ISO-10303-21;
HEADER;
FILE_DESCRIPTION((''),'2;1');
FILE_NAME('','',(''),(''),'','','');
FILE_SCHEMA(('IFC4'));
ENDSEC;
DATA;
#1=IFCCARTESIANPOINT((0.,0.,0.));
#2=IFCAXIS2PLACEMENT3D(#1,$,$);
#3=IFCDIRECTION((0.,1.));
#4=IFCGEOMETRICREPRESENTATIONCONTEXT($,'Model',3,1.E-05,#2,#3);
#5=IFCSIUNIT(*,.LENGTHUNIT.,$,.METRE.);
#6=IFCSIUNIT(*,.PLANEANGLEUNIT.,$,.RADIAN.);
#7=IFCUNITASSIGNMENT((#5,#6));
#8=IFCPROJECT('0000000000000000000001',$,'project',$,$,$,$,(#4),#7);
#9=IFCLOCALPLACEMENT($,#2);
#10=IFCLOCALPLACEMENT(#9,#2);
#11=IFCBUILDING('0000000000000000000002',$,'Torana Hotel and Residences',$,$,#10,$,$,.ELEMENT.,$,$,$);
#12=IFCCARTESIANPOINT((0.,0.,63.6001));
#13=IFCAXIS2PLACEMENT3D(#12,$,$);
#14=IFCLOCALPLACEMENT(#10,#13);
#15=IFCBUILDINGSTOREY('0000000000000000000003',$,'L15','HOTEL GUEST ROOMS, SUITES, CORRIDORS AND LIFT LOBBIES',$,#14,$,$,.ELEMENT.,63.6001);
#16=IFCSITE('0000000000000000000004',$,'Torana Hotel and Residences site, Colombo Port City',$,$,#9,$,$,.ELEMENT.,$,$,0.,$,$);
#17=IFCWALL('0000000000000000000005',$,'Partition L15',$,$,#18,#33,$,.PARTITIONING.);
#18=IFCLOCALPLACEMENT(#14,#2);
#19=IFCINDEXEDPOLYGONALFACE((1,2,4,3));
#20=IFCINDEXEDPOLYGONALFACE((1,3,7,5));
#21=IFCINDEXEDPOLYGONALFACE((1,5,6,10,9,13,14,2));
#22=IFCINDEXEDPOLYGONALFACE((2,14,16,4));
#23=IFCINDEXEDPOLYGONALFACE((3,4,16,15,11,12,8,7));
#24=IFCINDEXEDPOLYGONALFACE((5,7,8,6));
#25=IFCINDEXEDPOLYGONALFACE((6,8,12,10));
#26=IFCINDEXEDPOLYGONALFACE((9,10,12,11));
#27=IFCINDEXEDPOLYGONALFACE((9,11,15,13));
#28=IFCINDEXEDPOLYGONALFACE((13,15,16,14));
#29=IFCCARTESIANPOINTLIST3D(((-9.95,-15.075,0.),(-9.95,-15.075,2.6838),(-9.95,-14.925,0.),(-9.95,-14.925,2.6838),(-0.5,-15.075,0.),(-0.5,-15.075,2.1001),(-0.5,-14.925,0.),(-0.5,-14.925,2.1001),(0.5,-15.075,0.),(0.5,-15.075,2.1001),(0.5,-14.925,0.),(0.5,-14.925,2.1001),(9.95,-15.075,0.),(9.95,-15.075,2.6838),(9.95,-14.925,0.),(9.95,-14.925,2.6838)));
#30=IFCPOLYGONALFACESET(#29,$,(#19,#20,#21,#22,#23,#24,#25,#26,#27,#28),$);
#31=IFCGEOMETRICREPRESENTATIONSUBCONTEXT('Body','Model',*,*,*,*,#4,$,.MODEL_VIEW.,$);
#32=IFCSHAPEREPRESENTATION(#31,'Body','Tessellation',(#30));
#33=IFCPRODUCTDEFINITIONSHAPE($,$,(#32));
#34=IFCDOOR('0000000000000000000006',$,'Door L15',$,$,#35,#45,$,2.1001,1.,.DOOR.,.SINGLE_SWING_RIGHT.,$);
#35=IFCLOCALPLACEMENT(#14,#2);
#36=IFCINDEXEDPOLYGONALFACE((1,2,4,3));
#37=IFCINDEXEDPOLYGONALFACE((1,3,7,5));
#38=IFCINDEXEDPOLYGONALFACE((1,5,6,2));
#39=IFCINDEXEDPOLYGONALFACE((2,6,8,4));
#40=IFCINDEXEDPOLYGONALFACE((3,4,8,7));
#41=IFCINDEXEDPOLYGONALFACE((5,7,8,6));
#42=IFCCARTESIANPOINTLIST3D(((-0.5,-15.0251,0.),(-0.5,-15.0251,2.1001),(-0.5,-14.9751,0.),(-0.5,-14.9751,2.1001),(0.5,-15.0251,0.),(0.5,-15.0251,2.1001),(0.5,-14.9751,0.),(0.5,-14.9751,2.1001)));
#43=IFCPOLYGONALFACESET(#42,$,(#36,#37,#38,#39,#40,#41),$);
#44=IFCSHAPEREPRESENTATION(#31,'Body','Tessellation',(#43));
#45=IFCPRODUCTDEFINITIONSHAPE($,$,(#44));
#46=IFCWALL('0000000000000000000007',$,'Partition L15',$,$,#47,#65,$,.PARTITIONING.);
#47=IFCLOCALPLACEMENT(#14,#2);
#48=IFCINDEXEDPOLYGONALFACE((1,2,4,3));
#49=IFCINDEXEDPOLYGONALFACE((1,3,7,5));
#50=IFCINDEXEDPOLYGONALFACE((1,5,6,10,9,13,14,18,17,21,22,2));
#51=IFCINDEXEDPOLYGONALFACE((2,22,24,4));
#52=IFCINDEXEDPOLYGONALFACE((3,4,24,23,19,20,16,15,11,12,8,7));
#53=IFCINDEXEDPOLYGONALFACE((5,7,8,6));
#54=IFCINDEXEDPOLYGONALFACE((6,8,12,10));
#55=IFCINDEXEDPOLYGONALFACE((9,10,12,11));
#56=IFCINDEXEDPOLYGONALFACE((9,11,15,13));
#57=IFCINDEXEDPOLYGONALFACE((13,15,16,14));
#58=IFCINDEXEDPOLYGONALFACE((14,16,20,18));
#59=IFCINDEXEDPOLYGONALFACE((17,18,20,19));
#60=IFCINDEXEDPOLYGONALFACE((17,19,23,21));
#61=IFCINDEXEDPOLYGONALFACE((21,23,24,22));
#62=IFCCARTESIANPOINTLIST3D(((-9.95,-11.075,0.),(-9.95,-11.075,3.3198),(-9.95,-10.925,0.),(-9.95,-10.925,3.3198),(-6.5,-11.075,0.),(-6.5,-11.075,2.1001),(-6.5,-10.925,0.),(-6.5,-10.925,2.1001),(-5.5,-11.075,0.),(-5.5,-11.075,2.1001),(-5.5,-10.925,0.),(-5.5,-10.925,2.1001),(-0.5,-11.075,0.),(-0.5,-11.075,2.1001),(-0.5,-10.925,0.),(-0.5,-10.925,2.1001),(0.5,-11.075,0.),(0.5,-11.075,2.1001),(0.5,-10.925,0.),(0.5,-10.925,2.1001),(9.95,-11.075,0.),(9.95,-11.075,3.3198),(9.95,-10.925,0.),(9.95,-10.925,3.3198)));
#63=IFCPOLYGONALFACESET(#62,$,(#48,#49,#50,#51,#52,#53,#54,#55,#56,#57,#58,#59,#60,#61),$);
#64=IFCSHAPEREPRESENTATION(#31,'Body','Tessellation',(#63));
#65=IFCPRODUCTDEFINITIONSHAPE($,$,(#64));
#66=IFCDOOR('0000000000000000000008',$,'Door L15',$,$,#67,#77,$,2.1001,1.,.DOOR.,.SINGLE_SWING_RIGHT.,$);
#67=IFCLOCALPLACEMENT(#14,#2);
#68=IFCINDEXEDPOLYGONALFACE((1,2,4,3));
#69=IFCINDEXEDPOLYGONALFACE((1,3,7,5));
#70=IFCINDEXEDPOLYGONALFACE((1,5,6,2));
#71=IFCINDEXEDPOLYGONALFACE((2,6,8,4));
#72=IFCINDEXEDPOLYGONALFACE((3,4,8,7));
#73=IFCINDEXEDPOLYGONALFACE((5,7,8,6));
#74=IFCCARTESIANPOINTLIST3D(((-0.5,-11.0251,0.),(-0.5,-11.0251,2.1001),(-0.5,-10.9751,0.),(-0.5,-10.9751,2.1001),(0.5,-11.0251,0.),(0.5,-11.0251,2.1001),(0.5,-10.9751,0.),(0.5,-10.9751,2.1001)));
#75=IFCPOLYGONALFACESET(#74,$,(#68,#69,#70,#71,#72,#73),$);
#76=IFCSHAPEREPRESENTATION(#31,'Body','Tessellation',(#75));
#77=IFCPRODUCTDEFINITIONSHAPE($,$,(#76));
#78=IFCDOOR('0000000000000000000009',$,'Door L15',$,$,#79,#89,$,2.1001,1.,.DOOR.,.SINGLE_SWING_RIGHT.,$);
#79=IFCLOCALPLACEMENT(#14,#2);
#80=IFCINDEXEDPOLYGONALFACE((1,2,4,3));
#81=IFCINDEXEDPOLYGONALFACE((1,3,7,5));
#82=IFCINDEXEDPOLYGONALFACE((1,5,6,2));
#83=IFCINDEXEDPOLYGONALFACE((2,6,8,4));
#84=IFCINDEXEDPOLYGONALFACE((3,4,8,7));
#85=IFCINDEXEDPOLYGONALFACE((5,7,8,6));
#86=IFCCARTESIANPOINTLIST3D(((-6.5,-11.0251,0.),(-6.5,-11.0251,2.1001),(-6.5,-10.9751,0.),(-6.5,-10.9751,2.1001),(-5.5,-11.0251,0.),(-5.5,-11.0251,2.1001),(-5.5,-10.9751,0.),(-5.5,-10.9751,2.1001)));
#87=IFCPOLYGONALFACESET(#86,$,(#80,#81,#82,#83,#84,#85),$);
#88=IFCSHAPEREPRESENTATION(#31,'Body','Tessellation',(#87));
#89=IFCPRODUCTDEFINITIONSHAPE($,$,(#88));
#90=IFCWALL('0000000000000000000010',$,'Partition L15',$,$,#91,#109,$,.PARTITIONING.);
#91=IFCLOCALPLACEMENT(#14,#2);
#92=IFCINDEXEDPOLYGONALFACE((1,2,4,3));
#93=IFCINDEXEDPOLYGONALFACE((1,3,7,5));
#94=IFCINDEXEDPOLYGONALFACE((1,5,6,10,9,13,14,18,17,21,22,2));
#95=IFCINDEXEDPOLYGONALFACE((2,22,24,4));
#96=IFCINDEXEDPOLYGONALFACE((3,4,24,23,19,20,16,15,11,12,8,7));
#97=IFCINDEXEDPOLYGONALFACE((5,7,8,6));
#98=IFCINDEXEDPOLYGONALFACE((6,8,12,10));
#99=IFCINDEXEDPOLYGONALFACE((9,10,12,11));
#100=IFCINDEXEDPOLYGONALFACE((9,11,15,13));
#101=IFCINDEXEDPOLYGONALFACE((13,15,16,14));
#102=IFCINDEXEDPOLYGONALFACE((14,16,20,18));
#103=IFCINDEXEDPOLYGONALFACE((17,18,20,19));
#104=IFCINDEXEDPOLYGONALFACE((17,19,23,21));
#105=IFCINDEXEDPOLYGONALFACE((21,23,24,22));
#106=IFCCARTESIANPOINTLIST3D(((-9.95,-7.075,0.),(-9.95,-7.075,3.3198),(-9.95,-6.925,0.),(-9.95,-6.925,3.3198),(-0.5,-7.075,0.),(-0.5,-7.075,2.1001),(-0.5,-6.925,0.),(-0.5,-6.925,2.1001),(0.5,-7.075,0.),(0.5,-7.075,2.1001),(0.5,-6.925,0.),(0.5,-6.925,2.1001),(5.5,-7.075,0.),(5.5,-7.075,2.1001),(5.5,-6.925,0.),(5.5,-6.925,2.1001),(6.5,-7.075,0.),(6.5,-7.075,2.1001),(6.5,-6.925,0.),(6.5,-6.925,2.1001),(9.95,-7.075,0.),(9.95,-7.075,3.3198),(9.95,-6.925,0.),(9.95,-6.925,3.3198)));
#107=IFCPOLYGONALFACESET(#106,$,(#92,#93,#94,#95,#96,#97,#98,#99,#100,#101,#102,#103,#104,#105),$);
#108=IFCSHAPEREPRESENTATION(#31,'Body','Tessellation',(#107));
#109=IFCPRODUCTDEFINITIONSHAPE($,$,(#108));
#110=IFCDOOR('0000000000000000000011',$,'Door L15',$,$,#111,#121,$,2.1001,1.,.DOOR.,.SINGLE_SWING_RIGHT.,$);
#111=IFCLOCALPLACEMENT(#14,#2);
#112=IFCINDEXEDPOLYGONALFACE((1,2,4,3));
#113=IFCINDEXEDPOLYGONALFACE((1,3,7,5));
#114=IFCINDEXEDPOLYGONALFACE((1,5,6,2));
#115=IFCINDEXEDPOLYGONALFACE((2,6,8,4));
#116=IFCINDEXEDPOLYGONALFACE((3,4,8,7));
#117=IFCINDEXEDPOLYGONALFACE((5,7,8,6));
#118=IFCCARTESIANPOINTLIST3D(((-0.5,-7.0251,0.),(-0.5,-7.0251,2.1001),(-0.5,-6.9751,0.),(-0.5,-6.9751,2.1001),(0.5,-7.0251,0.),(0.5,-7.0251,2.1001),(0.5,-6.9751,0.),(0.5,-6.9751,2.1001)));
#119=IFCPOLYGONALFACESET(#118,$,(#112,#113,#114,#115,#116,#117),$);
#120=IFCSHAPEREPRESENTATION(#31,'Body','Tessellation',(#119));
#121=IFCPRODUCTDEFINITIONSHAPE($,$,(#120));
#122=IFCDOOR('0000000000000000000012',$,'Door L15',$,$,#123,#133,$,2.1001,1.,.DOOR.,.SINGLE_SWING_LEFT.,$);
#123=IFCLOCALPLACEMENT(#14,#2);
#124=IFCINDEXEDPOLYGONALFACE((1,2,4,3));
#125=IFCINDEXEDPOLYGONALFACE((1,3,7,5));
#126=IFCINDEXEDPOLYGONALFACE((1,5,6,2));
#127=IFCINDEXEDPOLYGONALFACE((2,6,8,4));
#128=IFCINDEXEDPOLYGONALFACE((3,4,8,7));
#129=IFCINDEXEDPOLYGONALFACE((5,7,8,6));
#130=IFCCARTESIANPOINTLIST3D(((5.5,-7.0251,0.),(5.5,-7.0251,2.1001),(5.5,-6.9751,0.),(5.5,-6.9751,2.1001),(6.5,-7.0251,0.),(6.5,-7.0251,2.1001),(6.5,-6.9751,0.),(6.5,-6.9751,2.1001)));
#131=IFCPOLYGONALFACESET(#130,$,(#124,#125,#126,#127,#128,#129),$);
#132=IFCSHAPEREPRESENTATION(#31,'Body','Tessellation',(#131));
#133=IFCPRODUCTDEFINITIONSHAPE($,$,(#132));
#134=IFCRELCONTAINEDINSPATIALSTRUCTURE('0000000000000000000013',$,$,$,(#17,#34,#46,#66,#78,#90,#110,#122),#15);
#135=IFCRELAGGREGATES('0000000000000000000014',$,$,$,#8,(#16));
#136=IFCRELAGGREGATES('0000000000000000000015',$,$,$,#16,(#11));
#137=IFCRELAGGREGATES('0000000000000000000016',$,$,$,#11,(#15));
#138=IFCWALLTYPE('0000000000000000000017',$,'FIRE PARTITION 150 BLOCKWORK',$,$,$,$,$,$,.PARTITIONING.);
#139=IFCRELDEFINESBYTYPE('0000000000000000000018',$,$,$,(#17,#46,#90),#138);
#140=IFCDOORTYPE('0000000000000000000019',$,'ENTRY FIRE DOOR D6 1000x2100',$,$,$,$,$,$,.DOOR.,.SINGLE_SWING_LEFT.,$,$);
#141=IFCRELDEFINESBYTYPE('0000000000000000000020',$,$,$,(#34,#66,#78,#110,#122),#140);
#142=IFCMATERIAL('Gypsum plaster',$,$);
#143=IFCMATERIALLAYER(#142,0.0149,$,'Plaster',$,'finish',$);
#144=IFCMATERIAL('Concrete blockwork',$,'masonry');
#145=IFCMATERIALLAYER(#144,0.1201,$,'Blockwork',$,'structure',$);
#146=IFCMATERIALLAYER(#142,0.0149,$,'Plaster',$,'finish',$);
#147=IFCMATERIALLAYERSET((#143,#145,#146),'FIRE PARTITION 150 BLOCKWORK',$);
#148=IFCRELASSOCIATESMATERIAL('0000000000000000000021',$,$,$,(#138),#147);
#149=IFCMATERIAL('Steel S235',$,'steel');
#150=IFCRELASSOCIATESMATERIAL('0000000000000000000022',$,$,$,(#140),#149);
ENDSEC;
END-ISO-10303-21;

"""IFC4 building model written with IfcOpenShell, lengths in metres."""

from ifc_helpers import new_model, si_unit, direction, frame, frame_2d, origin, place, context, subcontext, project, spatial, rectangle, extrude, material, layer, layer_set, type_object, element, fill, save


model = new_model("IFC4")

# Units and contexts
model_context = context("Model", 3, precision=1e-05, world=origin(), true_north=direction((0.0, 1.0)))
body_context = subcontext(model_context, "Body", "Model", "MODEL_VIEW")
ifc_project = project(units=[si_unit("LENGTHUNIT", "METRE"), si_unit("PLANEANGLEUNIT", "RADIAN")], contexts=[model_context])

# Site, building, storey
site_placement = place(None, origin())
site = spatial("IfcSite", under=ifc_project, at=site_placement, Name="Torana Hotel and Residences site, Colombo Port City", CompositionType="ELEMENT", RefElevation=0.0)
building_placement = place(site_placement, origin())
building = spatial("IfcBuilding", under=site, at=building_placement, Name="Torana Hotel and Residences", CompositionType="ELEMENT")
storey_placement = place(building_placement, frame((0.0, 0.0, 63.6001)))
storey = spatial("IfcBuildingStorey", under=building, at=storey_placement, Name="L15", Description="HOTEL GUEST ROOMS, SUITES, CORRIDORS AND LIFT LOBBIES", CompositionType="ELEMENT", Elevation=63.6001)

# Shared definitions
ifc_material_1 = material(Name="Gypsum plaster")
ifc_layer_1 = layer(ifc_material_1, 0.0149, Name="Plaster", Category="finish")
ifc_material_2 = material(Name="Concrete blockwork", Category="masonry")
ifc_layer_2 = layer(ifc_material_2, 0.1201, Name="Blockwork", Category="structure")
ifc_layer_3 = layer(ifc_material_1, 0.0149, Name="Plaster", Category="finish")
ifc_layer_set_1 = layer_set([ifc_layer_1, ifc_layer_2, ifc_layer_3], Name="FIRE PARTITION 150 BLOCKWORK")
wall_type_1 = type_object("IfcWallType", Name="FIRE PARTITION 150 BLOCKWORK", PredefinedType="PARTITIONING", material=ifc_layer_set_1)

# Wall, opening, door
wall_1_placement = place(storey_placement, frame((-9.95, -15.0, 0.0), z_axis=(0.0, 0.0, 1.0), x_axis=(1.0, 0.0, 0.0)))
wall_1 = element("IfcWall", 1, at=wall_1_placement, inside=storey, type_object=wall_type_1, Name="Partition L15", PredefinedType="PARTITIONING", context=body_context, shape_type="SweptSolid", body=[
    extrude(rectangle(XDim=19.8999, YDim=0.1499, at=frame_2d((9.95, 0.0))), origin(), (0.0, 0.0, 1.0), 2.6838),
])
opening_1_placement = place(wall_1_placement, frame((9.45, 0.0, 0.0)))
opening_1 = element("IfcOpeningElement", 2, at=opening_1_placement, cuts=wall_1, PredefinedType="OPENING", context=body_context, shape_type="SweptSolid", body=[
    extrude(rectangle(XDim=1.0, YDim=2.1001, at=frame_2d((0.5, 1.05))), frame((0.0, 0.085, 0.0), z_axis=(0.0, -1.0, 0.0), x_axis=(1.0, 0.0, 0.0)), (0.0, 0.0, 1.0), 0.1699),
])
ifc_material_3 = material(Name="Steel S235", Category="steel")
door_type = type_object("IfcDoorType", Name="ENTRY FIRE DOOR D6 1000x2100", OperationType="SINGLE_SWING_LEFT", PredefinedType="DOOR", material=ifc_material_3)
door_1_placement = place(opening_1_placement, origin())
door_1 = element("IfcDoor", 3, at=door_1_placement, inside=storey, type_object=door_type, Name="Door L15", OperationType="SINGLE_SWING_RIGHT", OverallHeight=2.1001, OverallWidth=1.0, PredefinedType="DOOR", context=body_context, shape_type="SweptSolid", body=[
    extrude(rectangle(XDim=1.0, YDim=2.1001, at=frame_2d((0.5, 1.05))), frame((0.0, 0.0249, 0.0), z_axis=(0.0, -1.0, 0.0), x_axis=(1.0, 0.0, 0.0)), (0.0, 0.0, 1.0), 0.05),
])
fill(opening_1, door_1)

# Walls, openings, doors
wall_2_placement = place(storey_placement, frame((-9.95, -11.0, 0.0), z_axis=(0.0, 0.0, 1.0), x_axis=(1.0, 0.0, 0.0)))
wall_2 = element("IfcWall", 4, at=wall_2_placement, inside=storey, type_object=wall_type_1, Name="Partition L15", PredefinedType="PARTITIONING", context=body_context, shape_type="SweptSolid", body=[
    extrude(rectangle(XDim=19.8999, YDim=0.1499, at=frame_2d((9.95, 0.0))), origin(), (0.0, 0.0, 1.0), 3.3198),
])
opening_2_placement = place(wall_2_placement, frame((9.45, 0.0, 0.0)))
opening_2 = element("IfcOpeningElement", 5, at=opening_2_placement, cuts=wall_2, PredefinedType="OPENING", context=body_context, shape_type="SweptSolid", body=[
    extrude(rectangle(XDim=1.0, YDim=2.1001, at=frame_2d((0.5, 1.05))), frame((0.0, 0.085, 0.0), z_axis=(0.0, -1.0, 0.0), x_axis=(1.0, 0.0, 0.0)), (0.0, 0.0, 1.0), 0.1699),
])
opening_3_placement = place(wall_2_placement, frame((3.45, 0.0, 0.0)))
opening_3 = element("IfcOpeningElement", 6, at=opening_3_placement, cuts=wall_2, PredefinedType="OPENING", context=body_context, shape_type="SweptSolid", body=[
    extrude(rectangle(XDim=1.0, YDim=2.1001, at=frame_2d((0.5, 1.05))), frame((0.0, 0.085, 0.0), z_axis=(0.0, -1.0, 0.0), x_axis=(1.0, 0.0, 0.0)), (0.0, 0.0, 1.0), 0.1699),
])
door_2_placement = place(opening_2_placement, origin())
door_2 = element("IfcDoor", 7, at=door_2_placement, inside=storey, type_object=door_type, Name="Door L15", OperationType="SINGLE_SWING_RIGHT", OverallHeight=2.1001, OverallWidth=1.0, PredefinedType="DOOR", context=body_context, shape_type="SweptSolid", body=[
    extrude(rectangle(XDim=1.0, YDim=2.1001, at=frame_2d((0.5, 1.05))), frame((0.0, 0.0249, 0.0), z_axis=(0.0, -1.0, 0.0), x_axis=(1.0, 0.0, 0.0)), (0.0, 0.0, 1.0), 0.05),
])
fill(opening_2, door_2)
door_3_placement = place(opening_3_placement, origin())
door_3 = element("IfcDoor", 8, at=door_3_placement, inside=storey, type_object=door_type, Name="Door L15", OperationType="SINGLE_SWING_RIGHT", OverallHeight=2.1001, OverallWidth=1.0, PredefinedType="DOOR", context=body_context, shape_type="SweptSolid", body=[
    extrude(rectangle(XDim=1.0, YDim=2.1001, at=frame_2d((0.5, 1.05))), frame((0.0, 0.0249, 0.0), z_axis=(0.0, -1.0, 0.0), x_axis=(1.0, 0.0, 0.0)), (0.0, 0.0, 1.0), 0.05),
])
fill(opening_3, door_3)
wall_3_placement = place(storey_placement, frame((-9.95, -7.0, 0.0), z_axis=(0.0, 0.0, 1.0), x_axis=(1.0, 0.0, 0.0)))
wall_3 = element("IfcWall", 9, at=wall_3_placement, inside=storey, type_object=wall_type_1, Name="Partition L15", PredefinedType="PARTITIONING", context=body_context, shape_type="SweptSolid", body=[
    extrude(rectangle(XDim=19.8999, YDim=0.1499, at=frame_2d((9.95, 0.0))), origin(), (0.0, 0.0, 1.0), 3.3198),
])
opening_4_placement = place(wall_3_placement, frame((9.45, 0.0, 0.0)))
opening_4 = element("IfcOpeningElement", 10, at=opening_4_placement, cuts=wall_3, PredefinedType="OPENING", context=body_context, shape_type="SweptSolid", body=[
    extrude(rectangle(XDim=1.0, YDim=2.1001, at=frame_2d((0.5, 1.05))), frame((0.0, 0.085, 0.0), z_axis=(0.0, -1.0, 0.0), x_axis=(1.0, 0.0, 0.0)), (0.0, 0.0, 1.0), 0.1699),
])
opening_5_placement = place(wall_3_placement, frame((15.45, 0.0, 0.0)))
opening_5 = element("IfcOpeningElement", 11, at=opening_5_placement, cuts=wall_3, PredefinedType="OPENING", context=body_context, shape_type="SweptSolid", body=[
    extrude(rectangle(XDim=1.0, YDim=2.1001, at=frame_2d((0.5, 1.05))), frame((0.0, 0.085, 0.0), z_axis=(0.0, -1.0, 0.0), x_axis=(1.0, 0.0, 0.0)), (0.0, 0.0, 1.0), 0.1699),
])
door_4_placement = place(opening_4_placement, origin())
door_4 = element("IfcDoor", 12, at=door_4_placement, inside=storey, type_object=door_type, Name="Door L15", OperationType="SINGLE_SWING_RIGHT", OverallHeight=2.1001, OverallWidth=1.0, PredefinedType="DOOR", context=body_context, shape_type="SweptSolid", body=[
    extrude(rectangle(XDim=1.0, YDim=2.1001, at=frame_2d((0.5, 1.05))), frame((0.0, 0.0249, 0.0), z_axis=(0.0, -1.0, 0.0), x_axis=(1.0, 0.0, 0.0)), (0.0, 0.0, 1.0), 0.05),
])
fill(opening_4, door_4)
door_5_placement = place(opening_5_placement, frame((0.5, 0.0, 0.0), z_axis=(0.0, 0.0, 1.0), x_axis=(-1.0, 0.0, 0.0)))
door_5 = element("IfcDoor", 13, at=door_5_placement, inside=storey, type_object=door_type, Name="Door L15", OperationType="SINGLE_SWING_LEFT", OverallHeight=2.1001, OverallWidth=1.0, PredefinedType="DOOR", context=body_context, shape_type="SweptSolid", body=[
    extrude(rectangle(XDim=1.0, YDim=2.1001, at=frame_2d((0.0, 1.05))), frame((0.0, -0.0249, 0.0), z_axis=(0.0, 1.0, 0.0), x_axis=(-1.0, 0.0, 0.0)), (0.0, 0.0, 1.0), 0.05),
])
fill(opening_5, door_5)

save(model, "model.ifc")
